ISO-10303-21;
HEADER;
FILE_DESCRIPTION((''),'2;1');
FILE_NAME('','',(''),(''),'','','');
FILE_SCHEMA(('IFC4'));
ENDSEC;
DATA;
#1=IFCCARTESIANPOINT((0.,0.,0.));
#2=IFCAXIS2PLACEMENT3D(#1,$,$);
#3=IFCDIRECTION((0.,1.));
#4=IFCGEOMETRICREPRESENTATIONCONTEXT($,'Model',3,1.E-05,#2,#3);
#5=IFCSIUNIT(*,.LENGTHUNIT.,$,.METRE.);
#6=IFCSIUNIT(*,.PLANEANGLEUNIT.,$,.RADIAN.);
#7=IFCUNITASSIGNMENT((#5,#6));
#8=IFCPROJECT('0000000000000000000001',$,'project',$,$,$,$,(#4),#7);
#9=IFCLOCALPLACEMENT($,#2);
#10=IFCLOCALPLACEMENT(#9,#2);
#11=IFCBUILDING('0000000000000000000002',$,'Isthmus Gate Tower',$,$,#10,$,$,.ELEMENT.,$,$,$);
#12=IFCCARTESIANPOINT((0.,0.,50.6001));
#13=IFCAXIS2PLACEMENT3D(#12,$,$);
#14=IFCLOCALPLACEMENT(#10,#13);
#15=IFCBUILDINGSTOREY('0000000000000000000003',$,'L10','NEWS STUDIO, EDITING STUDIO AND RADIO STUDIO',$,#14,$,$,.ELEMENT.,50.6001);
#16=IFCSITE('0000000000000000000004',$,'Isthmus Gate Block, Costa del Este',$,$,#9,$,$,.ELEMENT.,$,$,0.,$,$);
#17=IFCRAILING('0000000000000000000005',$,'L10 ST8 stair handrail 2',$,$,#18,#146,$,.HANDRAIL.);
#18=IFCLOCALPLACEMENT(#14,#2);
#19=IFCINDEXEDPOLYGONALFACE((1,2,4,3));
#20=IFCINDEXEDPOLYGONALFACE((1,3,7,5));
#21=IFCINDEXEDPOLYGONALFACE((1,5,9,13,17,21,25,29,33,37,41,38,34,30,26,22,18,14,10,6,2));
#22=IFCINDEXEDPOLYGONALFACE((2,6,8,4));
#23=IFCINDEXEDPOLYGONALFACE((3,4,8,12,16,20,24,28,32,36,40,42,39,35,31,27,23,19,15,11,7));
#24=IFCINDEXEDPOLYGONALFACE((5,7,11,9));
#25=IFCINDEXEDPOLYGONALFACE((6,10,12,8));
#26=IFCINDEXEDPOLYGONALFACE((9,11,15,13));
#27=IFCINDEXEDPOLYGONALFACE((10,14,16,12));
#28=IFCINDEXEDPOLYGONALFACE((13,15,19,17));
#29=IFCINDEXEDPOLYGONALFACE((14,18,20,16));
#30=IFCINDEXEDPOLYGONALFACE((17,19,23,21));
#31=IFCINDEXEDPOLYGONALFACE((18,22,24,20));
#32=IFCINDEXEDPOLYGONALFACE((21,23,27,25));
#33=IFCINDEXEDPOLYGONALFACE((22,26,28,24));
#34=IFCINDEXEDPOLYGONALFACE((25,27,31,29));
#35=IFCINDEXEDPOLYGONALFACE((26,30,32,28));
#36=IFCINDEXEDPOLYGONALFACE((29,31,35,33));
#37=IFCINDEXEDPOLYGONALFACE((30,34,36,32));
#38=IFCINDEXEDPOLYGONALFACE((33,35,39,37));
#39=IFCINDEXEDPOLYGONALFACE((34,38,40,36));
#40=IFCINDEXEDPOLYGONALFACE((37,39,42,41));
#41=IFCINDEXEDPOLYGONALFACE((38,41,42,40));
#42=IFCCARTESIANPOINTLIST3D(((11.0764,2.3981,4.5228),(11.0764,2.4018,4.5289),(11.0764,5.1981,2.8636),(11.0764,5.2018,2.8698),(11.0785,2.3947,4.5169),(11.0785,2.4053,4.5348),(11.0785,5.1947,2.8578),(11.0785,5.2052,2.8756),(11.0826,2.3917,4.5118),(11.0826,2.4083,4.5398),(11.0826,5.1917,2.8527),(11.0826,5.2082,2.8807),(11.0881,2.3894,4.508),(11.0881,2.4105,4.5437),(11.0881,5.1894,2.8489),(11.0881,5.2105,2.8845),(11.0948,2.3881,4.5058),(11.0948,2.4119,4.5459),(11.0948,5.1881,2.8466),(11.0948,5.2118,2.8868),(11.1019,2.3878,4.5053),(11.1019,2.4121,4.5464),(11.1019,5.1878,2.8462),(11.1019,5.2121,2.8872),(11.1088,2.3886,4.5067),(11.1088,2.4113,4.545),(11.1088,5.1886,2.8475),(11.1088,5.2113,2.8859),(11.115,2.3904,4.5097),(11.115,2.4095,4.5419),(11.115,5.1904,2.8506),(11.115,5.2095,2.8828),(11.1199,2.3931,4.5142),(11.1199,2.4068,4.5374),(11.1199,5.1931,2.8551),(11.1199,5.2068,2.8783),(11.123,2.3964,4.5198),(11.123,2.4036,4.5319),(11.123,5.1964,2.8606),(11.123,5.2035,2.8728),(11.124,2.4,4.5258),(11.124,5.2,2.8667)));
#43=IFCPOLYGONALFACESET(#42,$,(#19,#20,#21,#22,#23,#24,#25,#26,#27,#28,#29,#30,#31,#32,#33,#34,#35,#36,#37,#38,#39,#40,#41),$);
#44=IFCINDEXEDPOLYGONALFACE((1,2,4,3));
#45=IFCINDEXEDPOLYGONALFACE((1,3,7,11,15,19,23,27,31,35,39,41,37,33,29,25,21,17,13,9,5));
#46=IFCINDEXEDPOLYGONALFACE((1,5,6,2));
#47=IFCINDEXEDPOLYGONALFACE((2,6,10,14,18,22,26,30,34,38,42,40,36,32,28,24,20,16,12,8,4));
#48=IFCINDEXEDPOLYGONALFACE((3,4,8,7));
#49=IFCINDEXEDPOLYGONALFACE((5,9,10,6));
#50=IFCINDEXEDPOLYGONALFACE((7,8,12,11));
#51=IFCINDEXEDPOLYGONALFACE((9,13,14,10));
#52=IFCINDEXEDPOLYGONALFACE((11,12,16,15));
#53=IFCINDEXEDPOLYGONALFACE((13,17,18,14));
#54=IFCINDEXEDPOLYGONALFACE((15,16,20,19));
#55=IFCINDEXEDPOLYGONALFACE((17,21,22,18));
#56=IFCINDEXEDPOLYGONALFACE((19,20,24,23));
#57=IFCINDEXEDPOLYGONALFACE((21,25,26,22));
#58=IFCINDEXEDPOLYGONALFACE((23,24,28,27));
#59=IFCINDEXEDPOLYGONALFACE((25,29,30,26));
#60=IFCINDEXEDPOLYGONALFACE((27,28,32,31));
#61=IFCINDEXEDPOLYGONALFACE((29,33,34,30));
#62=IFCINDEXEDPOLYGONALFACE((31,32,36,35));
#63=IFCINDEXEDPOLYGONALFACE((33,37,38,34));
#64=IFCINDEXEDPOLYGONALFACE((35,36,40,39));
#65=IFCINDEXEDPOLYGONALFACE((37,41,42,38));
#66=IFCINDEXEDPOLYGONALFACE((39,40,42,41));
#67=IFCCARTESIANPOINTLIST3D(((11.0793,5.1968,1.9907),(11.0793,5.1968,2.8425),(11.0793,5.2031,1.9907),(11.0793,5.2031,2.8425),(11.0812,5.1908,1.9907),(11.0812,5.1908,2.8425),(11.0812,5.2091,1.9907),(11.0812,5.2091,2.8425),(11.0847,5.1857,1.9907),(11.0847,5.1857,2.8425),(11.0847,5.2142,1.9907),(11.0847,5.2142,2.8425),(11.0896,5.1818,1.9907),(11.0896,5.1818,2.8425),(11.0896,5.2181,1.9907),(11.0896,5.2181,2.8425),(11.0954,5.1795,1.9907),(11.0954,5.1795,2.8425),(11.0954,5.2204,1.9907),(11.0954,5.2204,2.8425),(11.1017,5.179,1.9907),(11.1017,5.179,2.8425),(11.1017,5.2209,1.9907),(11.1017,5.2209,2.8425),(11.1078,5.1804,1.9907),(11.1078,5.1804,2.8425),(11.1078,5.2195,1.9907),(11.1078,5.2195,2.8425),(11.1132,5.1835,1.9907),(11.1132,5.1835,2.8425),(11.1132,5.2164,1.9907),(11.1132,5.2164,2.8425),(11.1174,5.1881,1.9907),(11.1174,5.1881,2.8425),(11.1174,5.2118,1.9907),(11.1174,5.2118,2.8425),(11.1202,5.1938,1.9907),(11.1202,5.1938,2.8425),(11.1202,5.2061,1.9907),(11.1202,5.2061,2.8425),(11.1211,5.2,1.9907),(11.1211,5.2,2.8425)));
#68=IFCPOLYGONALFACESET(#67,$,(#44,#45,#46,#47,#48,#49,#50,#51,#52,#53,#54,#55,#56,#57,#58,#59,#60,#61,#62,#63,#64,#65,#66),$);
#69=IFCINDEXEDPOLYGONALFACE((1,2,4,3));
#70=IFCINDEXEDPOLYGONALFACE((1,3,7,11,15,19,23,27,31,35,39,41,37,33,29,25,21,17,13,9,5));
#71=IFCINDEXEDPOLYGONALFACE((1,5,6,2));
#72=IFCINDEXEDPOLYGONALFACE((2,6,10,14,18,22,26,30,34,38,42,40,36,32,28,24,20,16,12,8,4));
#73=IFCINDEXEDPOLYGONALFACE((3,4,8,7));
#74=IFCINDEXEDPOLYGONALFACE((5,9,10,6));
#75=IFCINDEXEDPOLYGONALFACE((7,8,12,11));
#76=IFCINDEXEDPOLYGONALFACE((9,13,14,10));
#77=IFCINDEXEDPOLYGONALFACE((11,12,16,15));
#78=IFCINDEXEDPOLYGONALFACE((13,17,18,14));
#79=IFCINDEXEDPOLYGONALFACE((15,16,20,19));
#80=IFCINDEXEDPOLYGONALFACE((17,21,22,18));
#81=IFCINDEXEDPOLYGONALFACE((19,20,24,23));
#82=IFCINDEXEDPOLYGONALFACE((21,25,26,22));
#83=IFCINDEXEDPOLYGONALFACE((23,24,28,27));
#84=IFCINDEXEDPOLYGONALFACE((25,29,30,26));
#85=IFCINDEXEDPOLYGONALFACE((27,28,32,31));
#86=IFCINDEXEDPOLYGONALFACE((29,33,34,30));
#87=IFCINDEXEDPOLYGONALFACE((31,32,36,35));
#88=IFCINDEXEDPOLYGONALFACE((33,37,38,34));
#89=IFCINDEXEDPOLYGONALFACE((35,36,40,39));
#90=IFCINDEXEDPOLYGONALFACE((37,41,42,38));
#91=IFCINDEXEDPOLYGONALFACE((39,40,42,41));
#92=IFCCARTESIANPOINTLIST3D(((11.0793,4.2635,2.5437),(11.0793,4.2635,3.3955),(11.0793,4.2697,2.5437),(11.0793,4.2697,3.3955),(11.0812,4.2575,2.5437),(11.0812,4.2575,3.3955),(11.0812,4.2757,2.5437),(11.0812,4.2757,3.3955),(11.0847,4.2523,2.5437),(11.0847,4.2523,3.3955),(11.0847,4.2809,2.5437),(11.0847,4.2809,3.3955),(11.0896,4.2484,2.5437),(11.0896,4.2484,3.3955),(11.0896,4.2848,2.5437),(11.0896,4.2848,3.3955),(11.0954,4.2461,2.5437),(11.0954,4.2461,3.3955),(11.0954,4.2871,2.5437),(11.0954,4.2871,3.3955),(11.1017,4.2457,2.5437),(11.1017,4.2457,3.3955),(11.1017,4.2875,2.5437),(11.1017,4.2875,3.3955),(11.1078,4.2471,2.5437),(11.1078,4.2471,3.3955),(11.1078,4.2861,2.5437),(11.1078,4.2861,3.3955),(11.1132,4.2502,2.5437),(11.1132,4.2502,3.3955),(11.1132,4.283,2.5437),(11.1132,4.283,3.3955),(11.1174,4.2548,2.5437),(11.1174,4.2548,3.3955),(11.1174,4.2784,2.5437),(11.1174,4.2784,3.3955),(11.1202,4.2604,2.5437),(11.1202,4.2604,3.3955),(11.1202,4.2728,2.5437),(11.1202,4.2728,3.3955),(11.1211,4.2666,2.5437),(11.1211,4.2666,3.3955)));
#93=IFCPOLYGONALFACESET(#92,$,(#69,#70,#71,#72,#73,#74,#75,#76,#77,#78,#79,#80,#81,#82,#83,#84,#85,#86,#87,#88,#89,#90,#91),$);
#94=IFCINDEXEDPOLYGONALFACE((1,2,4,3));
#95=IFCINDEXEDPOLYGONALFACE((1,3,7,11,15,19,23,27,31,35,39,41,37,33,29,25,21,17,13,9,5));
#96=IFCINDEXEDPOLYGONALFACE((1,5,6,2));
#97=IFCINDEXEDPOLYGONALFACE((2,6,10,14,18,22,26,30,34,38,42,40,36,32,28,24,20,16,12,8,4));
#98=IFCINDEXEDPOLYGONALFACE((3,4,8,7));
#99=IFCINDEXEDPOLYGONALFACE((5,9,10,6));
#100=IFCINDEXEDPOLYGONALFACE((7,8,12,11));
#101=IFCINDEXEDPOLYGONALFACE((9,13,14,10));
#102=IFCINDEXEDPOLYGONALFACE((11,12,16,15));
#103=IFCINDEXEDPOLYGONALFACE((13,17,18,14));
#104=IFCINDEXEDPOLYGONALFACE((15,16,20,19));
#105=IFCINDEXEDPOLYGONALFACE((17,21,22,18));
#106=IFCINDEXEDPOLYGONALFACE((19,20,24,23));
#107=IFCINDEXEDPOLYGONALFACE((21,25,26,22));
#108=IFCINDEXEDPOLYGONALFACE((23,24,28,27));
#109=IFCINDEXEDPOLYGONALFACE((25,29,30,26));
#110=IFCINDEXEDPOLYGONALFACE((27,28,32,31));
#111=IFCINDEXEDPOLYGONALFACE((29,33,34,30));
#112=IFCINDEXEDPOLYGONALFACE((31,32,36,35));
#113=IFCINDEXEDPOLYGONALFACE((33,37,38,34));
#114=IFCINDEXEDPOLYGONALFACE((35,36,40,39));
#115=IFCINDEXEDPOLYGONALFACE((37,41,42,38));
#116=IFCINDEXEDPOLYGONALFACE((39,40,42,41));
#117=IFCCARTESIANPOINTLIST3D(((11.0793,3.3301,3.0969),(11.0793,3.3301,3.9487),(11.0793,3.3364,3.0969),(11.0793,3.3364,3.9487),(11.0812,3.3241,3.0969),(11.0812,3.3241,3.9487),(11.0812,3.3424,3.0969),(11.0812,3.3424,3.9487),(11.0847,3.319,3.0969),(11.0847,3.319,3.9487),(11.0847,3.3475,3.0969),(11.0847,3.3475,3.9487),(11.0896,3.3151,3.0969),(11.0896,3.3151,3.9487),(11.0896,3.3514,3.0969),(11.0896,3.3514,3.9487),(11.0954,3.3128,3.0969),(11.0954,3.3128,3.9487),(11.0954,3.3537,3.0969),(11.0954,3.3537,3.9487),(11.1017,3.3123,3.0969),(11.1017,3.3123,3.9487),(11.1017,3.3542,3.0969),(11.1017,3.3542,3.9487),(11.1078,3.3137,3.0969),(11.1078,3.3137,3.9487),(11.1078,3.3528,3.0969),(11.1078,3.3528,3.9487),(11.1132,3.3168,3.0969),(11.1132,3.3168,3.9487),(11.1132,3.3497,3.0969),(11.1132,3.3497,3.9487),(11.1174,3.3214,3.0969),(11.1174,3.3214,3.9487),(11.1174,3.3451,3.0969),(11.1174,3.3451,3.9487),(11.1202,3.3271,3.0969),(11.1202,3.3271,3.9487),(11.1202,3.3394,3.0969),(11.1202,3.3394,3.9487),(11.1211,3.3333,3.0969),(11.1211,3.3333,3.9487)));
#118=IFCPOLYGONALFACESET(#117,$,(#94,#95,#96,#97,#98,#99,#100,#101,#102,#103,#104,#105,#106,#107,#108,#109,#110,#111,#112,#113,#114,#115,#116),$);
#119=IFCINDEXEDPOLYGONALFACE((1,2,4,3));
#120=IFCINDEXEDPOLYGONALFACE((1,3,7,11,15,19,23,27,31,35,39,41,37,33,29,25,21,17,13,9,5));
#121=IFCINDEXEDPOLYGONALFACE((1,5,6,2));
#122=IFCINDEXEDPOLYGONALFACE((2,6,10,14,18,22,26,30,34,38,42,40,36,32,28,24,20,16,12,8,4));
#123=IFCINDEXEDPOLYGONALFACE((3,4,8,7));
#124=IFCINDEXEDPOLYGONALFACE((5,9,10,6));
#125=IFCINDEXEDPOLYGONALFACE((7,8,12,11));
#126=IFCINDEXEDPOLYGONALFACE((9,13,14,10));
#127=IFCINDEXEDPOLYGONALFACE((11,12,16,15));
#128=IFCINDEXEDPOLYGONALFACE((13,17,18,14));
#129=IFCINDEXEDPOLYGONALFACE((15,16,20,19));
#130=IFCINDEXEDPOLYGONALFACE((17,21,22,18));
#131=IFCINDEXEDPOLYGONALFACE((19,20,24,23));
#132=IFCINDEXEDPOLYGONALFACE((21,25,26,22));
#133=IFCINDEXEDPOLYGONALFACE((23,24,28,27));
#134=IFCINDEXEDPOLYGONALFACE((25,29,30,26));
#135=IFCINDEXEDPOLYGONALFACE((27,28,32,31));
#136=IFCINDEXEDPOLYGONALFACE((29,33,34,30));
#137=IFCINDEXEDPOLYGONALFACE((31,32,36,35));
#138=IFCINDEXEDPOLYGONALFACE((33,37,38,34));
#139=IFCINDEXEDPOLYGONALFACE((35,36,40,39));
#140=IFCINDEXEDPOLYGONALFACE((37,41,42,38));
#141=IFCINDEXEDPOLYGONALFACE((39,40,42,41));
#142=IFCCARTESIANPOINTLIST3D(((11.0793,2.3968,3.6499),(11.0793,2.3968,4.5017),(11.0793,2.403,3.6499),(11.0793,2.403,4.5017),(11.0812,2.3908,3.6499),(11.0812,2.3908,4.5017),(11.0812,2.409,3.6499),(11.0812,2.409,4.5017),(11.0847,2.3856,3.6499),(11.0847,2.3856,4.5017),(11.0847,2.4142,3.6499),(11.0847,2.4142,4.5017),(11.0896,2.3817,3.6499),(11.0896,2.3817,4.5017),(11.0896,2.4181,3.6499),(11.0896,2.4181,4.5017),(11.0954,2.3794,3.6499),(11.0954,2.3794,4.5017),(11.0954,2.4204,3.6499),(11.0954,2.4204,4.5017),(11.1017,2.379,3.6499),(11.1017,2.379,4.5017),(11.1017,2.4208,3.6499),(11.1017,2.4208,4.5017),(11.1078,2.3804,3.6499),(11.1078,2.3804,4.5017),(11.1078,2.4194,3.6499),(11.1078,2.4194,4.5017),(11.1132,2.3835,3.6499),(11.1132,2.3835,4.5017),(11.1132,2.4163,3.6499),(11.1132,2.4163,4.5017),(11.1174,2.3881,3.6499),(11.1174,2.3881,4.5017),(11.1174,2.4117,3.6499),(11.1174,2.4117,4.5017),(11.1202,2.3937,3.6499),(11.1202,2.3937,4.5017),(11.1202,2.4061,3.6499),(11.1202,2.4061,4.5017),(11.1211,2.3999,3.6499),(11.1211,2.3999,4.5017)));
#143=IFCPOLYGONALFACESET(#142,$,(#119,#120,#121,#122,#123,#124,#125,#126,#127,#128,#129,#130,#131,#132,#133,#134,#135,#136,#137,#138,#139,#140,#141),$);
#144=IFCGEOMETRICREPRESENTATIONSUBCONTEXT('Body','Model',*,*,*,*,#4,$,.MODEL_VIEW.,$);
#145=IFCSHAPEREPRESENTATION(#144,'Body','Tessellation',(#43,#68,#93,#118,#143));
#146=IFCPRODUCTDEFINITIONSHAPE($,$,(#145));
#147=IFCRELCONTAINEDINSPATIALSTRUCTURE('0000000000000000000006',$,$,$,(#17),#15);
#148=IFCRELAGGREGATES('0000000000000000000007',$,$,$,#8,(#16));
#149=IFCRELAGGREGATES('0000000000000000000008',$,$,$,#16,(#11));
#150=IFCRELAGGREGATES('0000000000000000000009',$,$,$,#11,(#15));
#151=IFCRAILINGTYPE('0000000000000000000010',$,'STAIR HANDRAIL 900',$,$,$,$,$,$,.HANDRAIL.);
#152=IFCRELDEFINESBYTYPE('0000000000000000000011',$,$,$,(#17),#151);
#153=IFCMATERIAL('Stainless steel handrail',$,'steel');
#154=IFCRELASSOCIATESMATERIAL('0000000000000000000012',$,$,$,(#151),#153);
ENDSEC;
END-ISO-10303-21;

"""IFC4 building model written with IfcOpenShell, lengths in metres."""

from ifc_helpers import new_model, si_unit, direction, frame, origin, origin_2d, place, context, subcontext, project, spatial, circle, extrude, material, type_object, element, save


model = new_model("IFC4")

# Units and contexts
model_context = context("Model", 3, precision=1e-05, world=origin(), true_north=direction((0.0, 1.0)))
body_context = subcontext(model_context, "Body", "Model", "MODEL_VIEW")
ifc_project = project(units=[si_unit("LENGTHUNIT", "METRE"), si_unit("PLANEANGLEUNIT", "RADIAN")], contexts=[model_context])

# Site, building, storey
site_placement = place(None, origin())
site = spatial("IfcSite", under=ifc_project, at=site_placement, Name="Isthmus Gate Block, Costa del Este", CompositionType="ELEMENT", RefElevation=0.0)
building_placement = place(site_placement, origin())
building = spatial("IfcBuilding", under=site, at=building_placement, Name="Isthmus Gate Tower", CompositionType="ELEMENT")
storey_placement = place(building_placement, frame((0.0, 0.0, 50.6001)))
storey = spatial("IfcBuildingStorey", under=building, at=storey_placement, Name="L10", Description="NEWS STUDIO, EDITING STUDIO AND RADIO STUDIO", CompositionType="ELEMENT", Elevation=50.6001)

# Railing
ifc_material_1 = material(Name="Stainless steel handrail", Category="steel")
railing_type_1 = type_object("IfcRailingType", Name="STAIR HANDRAIL 900", PredefinedType="HANDRAIL", material=ifc_material_1)
railing_1_placement = place(storey_placement, frame((11.1001, 5.2, 1.9907)))
element("IfcRailing", 1, at=railing_1_placement, inside=storey, type_object=railing_type_1, Name="L10 ST8 stair handrail 2", PredefinedType="HANDRAIL", context=body_context, shape_type="SweptSolid", body=[
    extrude(circle(Radius=0.0239, at=origin_2d()), frame((0.0, 0.0, 0.876), z_axis=(0.0, -0.860306, 0.509778), x_axis=(1.0, 0.0, 0.0)), (0.0, 0.0, 1.0), 3.2546),
    extrude(circle(Radius=0.021, at=origin_2d()), origin(), (0.0, 0.0, 1.0), 0.8518),
    extrude(circle(Radius=0.021, at=origin_2d()), frame((0.0, -0.9333, 0.553)), (0.0, 0.0, 1.0), 0.8518),
    extrude(circle(Radius=0.021, at=origin_2d()), frame((0.0, -1.8667, 1.1062)), (0.0, 0.0, 1.0), 0.8518),
    extrude(circle(Radius=0.021, at=origin_2d()), frame((0.0, -2.8, 1.6592)), (0.0, 0.0, 1.0), 0.8518),
])

save(model, "model.ifc")
